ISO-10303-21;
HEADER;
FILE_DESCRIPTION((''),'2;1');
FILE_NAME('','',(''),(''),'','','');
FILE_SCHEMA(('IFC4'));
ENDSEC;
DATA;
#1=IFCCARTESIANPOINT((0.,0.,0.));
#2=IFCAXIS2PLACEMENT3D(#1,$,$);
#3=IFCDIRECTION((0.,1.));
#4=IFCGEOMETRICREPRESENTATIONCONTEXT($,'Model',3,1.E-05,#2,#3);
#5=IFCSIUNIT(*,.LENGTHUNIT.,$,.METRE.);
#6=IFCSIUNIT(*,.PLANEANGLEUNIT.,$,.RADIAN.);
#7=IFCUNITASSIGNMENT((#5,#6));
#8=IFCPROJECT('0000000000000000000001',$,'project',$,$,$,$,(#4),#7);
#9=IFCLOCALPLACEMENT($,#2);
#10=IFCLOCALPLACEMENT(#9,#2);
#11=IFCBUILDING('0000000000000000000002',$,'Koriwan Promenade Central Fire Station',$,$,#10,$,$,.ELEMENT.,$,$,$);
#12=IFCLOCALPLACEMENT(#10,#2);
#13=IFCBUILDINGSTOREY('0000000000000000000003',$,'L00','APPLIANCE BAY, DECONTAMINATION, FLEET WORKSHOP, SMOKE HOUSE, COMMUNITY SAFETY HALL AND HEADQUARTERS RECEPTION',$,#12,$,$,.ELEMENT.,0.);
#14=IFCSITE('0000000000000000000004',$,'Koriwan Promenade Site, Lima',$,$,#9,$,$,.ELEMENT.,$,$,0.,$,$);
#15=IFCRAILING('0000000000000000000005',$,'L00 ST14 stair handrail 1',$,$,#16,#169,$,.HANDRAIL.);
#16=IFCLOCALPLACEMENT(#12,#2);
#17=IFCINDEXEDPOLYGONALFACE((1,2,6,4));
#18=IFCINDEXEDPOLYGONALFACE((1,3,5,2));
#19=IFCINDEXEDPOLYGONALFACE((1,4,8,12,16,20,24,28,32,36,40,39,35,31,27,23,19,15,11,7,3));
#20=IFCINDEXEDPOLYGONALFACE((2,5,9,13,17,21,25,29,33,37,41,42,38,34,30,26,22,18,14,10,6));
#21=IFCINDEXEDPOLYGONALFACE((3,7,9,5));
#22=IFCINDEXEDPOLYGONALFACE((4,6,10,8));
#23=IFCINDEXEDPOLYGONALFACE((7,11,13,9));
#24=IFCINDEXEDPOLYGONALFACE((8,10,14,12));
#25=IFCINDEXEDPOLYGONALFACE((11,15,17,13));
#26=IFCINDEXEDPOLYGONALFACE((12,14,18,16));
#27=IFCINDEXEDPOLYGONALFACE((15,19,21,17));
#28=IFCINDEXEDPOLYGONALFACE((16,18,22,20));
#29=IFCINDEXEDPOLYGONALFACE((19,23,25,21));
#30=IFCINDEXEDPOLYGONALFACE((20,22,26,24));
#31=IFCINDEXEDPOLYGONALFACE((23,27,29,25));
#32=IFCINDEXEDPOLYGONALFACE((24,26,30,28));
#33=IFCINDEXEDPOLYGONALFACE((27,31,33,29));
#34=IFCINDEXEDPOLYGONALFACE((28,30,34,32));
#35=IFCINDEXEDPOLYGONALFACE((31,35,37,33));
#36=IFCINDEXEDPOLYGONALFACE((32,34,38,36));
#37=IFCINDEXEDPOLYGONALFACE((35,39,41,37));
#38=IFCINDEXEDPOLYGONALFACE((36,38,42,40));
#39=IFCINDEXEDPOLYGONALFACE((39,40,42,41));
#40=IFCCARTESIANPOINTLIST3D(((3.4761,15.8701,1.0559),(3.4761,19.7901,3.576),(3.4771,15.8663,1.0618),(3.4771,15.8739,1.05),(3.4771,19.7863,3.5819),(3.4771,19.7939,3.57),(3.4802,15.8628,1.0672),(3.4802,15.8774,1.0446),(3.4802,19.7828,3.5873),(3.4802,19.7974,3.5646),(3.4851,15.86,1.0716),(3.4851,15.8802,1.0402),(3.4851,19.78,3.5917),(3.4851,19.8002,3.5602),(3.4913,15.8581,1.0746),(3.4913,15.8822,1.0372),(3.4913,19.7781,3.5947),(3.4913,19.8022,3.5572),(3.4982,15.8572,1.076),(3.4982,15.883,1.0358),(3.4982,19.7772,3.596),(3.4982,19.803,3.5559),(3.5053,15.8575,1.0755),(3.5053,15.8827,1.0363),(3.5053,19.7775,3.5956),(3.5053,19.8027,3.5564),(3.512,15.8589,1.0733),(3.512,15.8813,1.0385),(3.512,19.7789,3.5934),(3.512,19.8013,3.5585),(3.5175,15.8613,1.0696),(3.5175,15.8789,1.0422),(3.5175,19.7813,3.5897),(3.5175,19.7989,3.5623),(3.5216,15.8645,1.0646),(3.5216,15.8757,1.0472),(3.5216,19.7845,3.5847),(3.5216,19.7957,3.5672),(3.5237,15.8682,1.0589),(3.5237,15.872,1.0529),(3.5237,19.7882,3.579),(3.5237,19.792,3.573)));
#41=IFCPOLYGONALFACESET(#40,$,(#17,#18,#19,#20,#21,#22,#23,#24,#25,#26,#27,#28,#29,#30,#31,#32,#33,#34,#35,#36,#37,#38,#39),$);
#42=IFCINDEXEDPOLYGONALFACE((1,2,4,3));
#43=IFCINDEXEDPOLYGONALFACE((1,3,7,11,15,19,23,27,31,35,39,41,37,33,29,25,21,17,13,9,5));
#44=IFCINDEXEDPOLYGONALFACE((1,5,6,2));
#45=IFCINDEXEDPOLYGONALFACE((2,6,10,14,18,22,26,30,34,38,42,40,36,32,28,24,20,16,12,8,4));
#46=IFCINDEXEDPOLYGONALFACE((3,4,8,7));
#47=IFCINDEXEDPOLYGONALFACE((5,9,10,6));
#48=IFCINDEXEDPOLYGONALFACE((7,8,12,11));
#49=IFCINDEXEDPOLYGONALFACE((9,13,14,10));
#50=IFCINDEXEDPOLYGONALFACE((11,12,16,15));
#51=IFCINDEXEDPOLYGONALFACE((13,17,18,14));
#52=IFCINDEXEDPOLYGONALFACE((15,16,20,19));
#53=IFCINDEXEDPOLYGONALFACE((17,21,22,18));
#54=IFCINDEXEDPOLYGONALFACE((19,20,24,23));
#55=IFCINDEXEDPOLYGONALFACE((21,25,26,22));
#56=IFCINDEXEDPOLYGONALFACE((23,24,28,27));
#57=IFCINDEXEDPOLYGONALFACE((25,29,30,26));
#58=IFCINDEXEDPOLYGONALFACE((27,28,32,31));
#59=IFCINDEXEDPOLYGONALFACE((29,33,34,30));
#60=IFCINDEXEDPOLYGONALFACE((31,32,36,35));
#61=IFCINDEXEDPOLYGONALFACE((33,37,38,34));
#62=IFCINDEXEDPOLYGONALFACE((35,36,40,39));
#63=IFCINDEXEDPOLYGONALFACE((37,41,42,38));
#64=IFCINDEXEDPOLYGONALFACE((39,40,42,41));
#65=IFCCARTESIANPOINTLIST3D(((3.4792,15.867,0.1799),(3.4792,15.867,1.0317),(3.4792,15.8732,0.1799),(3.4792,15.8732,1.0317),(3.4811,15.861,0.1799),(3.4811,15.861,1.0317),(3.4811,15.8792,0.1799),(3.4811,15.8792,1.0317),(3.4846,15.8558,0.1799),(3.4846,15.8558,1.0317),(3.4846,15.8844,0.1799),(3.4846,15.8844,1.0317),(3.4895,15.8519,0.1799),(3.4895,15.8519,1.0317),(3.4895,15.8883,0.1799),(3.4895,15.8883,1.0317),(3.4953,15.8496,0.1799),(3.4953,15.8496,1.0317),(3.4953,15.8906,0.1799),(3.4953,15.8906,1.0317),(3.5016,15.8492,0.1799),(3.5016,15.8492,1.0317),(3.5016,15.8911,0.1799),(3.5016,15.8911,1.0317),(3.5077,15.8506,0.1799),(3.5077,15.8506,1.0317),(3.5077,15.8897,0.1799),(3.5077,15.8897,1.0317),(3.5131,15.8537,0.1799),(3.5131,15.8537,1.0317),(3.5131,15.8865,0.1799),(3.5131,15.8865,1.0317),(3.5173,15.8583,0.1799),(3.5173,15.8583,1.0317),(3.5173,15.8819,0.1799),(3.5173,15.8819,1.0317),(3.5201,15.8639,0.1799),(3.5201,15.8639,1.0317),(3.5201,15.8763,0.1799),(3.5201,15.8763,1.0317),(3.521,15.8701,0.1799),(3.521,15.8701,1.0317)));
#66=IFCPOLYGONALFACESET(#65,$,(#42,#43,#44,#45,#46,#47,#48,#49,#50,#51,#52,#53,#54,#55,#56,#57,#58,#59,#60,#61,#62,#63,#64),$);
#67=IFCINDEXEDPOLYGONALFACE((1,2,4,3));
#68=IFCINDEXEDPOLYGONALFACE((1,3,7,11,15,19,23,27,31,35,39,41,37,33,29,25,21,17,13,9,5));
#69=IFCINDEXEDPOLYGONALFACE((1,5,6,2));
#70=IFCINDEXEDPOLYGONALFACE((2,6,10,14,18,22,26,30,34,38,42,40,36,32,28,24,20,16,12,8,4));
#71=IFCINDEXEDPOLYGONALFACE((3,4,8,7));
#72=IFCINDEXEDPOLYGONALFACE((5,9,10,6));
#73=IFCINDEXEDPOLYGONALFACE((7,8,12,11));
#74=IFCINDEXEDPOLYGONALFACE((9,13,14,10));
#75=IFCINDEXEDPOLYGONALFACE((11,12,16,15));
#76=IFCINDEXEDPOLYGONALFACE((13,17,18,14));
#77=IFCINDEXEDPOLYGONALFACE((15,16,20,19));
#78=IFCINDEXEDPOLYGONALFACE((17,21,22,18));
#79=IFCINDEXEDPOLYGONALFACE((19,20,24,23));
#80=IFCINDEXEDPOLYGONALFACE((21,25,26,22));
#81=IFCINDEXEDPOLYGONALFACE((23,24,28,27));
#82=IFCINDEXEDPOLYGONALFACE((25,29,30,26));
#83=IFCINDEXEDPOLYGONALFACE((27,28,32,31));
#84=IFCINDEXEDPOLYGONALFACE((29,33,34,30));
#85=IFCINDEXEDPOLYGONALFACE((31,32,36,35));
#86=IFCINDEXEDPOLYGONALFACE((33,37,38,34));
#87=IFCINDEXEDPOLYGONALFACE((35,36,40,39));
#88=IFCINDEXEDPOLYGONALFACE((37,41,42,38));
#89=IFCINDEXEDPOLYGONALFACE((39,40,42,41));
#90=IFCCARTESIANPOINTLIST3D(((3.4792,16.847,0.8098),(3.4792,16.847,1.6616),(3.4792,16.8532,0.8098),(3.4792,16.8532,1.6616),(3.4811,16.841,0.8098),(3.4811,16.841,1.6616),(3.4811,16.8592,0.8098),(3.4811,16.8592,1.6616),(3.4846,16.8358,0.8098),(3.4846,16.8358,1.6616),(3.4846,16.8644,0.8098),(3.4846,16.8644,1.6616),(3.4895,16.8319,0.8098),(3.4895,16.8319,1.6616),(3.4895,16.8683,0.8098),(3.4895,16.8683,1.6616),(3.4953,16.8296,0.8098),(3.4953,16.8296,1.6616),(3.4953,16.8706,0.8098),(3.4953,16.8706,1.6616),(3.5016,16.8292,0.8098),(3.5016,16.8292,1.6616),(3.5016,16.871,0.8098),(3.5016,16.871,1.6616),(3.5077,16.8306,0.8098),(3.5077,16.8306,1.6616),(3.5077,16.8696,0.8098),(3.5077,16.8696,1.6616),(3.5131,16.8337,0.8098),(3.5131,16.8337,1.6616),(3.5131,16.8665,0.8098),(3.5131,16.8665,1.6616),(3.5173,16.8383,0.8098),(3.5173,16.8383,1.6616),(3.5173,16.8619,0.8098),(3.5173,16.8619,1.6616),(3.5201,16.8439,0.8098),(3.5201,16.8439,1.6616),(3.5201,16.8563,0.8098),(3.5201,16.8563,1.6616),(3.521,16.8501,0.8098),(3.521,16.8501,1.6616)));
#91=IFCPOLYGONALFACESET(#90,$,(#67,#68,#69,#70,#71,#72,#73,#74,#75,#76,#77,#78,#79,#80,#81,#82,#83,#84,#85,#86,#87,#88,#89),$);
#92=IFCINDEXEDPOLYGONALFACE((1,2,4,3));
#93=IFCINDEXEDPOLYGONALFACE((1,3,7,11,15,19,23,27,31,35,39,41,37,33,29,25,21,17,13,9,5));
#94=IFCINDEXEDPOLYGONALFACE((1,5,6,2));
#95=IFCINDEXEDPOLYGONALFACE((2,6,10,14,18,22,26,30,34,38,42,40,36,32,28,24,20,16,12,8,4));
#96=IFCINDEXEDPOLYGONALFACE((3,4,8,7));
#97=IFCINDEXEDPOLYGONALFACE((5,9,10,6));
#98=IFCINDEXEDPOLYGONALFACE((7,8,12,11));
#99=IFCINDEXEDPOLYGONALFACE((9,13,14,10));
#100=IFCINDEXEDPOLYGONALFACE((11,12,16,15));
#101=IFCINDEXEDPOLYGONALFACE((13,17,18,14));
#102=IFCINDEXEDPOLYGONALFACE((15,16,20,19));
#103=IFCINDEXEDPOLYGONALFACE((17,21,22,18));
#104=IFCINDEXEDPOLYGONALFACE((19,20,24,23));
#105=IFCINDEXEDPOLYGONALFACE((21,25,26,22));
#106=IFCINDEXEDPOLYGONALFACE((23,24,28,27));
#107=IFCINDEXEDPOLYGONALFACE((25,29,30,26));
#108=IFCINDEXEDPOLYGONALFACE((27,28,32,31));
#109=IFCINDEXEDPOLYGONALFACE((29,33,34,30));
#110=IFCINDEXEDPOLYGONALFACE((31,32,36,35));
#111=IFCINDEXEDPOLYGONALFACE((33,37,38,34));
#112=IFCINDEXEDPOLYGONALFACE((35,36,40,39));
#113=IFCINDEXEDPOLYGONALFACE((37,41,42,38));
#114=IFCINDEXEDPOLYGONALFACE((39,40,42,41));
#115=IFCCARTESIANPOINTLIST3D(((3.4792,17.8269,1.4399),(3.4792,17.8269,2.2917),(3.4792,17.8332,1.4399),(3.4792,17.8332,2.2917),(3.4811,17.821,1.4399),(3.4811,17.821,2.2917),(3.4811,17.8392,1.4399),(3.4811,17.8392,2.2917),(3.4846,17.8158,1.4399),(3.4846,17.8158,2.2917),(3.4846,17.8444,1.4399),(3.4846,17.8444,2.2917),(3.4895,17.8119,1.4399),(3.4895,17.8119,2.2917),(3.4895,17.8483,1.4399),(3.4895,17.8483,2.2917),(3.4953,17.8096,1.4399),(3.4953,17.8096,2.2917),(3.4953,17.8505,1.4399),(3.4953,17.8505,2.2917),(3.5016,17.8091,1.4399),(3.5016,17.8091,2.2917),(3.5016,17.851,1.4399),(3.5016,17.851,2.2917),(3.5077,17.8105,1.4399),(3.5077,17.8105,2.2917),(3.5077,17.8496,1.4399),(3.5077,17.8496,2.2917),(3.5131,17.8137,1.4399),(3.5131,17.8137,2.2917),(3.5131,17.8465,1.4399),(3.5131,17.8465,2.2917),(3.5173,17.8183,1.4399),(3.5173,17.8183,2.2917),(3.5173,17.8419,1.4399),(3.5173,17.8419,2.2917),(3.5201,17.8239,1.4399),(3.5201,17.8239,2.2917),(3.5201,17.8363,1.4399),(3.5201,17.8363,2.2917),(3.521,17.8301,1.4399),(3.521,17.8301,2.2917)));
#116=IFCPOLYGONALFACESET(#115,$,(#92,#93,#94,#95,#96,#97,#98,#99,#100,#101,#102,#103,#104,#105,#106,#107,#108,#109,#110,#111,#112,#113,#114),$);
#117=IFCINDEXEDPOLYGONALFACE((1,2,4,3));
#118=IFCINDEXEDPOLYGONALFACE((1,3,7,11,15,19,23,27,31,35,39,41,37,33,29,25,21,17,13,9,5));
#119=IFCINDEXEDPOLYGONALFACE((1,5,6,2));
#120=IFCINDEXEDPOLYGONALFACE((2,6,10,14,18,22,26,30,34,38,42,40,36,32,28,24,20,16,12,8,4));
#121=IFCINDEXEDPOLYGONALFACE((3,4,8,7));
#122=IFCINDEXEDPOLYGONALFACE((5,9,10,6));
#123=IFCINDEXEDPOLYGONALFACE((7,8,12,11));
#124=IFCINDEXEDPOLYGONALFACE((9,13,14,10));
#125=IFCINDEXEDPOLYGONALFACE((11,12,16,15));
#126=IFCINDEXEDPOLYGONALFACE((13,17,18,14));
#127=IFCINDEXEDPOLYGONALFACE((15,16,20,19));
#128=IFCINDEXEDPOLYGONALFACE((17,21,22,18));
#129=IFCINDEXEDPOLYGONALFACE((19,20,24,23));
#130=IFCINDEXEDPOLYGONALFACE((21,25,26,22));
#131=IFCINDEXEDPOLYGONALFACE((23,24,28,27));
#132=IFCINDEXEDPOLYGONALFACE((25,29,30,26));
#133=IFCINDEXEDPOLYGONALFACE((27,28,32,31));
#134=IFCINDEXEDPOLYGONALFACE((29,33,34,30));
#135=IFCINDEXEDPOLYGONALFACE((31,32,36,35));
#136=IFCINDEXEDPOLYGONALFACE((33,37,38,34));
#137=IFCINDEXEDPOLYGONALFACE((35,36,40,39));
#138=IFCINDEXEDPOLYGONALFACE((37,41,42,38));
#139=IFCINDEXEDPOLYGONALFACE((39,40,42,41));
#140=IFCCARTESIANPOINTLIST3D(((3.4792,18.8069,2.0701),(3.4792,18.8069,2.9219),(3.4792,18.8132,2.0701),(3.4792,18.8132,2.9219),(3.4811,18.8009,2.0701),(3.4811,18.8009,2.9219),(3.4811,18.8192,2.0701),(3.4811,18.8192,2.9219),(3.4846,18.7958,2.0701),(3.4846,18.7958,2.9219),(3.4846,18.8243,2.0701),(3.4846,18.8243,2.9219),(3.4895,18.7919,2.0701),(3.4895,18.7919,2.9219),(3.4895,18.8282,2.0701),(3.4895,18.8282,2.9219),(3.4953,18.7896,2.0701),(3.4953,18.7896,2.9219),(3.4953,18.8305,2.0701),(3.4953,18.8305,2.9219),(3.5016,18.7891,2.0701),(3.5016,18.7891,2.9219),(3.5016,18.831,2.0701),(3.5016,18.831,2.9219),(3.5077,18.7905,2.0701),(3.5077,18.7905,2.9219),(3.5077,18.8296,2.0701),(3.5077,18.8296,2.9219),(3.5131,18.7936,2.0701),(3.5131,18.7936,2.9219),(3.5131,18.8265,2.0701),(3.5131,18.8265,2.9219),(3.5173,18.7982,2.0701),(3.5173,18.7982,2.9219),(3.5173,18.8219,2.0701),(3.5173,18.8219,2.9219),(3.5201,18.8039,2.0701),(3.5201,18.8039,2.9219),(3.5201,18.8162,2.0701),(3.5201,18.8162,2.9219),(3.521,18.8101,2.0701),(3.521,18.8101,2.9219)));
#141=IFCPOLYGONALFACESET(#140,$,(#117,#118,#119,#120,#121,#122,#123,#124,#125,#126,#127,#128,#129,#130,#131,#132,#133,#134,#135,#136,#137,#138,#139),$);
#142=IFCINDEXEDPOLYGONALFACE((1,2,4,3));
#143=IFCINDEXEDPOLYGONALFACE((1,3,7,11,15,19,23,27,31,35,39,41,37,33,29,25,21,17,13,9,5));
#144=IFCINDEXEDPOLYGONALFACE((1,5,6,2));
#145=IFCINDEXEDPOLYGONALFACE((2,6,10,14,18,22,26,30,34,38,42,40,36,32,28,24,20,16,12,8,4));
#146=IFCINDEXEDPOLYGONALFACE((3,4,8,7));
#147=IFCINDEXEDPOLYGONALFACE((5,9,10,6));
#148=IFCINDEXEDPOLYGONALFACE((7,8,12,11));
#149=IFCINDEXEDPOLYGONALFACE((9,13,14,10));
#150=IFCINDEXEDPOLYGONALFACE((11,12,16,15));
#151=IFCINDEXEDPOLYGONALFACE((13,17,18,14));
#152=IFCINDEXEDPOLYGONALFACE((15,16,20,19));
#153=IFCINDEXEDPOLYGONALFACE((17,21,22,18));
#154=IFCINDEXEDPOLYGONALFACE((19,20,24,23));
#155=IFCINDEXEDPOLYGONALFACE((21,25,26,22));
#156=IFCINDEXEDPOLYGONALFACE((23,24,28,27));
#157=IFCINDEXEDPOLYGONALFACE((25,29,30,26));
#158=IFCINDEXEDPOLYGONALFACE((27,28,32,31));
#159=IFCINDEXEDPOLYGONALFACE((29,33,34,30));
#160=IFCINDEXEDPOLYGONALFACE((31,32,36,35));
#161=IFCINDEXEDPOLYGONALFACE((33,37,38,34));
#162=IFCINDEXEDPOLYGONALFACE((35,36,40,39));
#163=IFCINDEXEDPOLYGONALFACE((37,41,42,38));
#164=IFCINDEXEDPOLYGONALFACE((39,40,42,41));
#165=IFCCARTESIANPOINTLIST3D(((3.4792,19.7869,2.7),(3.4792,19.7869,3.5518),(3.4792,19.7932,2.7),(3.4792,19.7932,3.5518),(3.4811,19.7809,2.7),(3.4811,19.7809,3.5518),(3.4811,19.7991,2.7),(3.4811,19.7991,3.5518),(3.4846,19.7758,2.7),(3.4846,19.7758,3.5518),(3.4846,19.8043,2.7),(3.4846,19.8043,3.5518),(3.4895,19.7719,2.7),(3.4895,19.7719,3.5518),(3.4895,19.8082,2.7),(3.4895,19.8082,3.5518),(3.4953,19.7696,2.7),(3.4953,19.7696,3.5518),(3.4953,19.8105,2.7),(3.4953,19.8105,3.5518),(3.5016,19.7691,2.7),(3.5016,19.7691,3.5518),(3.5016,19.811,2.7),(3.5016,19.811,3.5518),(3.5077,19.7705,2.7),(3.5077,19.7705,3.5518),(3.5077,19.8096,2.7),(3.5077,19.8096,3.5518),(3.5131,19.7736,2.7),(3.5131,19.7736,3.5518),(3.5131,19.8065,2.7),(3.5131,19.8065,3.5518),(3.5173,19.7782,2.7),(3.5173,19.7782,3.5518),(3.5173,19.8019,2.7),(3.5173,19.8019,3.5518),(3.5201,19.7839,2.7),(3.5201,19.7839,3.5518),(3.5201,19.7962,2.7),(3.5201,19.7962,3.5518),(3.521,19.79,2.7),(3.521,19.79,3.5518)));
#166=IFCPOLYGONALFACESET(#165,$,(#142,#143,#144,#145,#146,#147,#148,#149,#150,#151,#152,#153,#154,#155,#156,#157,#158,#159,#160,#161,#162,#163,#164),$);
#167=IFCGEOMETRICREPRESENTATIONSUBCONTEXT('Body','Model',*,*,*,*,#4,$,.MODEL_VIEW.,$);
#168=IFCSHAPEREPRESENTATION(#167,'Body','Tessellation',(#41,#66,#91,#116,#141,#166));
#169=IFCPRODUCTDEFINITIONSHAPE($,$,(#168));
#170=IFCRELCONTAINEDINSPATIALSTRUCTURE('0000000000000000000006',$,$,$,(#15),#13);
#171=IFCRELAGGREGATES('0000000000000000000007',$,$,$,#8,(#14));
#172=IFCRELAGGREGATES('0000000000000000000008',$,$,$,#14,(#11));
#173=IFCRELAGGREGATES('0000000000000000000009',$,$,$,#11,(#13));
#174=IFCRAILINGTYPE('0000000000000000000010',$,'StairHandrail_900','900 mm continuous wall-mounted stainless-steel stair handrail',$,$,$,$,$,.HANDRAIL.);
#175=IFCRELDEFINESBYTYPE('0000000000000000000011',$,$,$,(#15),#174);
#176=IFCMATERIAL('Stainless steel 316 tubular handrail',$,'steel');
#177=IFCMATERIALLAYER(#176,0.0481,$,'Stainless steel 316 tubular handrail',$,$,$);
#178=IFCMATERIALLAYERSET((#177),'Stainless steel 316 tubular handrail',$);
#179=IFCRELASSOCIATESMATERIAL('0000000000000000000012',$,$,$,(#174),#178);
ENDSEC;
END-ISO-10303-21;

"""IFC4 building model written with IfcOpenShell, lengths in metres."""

from ifc_helpers import new_model, si_unit, direction, frame, origin, origin_2d, place, context, subcontext, project, spatial, circle, extrude, material, layer, layer_set, type_object, element, save


model = new_model("IFC4")

# Units and contexts
model_context = context("Model", 3, precision=1e-05, world=origin(), true_north=direction((0.0, 1.0)))
body_context = subcontext(model_context, "Body", "Model", "MODEL_VIEW")
ifc_project = project(units=[si_unit("LENGTHUNIT", "METRE"), si_unit("PLANEANGLEUNIT", "RADIAN")], contexts=[model_context])

# Site, building, storey
site_placement = place(None, origin())
site = spatial("IfcSite", under=ifc_project, at=site_placement, Name="Koriwan Promenade Site, Lima", CompositionType="ELEMENT", RefElevation=0.0)
building_placement = place(site_placement, origin())
building = spatial("IfcBuilding", under=site, at=building_placement, Name="Koriwan Promenade Central Fire Station", CompositionType="ELEMENT")
storey_placement = place(building_placement, origin())
storey = spatial("IfcBuildingStorey", under=building, at=storey_placement, Name="L00", Description="APPLIANCE BAY, DECONTAMINATION, FLEET WORKSHOP, SMOKE HOUSE, COMMUNITY SAFETY HALL AND HEADQUARTERS RECEPTION", CompositionType="ELEMENT", Elevation=0.0)

# Railing
ifc_material_1 = material(Name="Stainless steel 316 tubular handrail", Category="steel")
ifc_layer_1 = layer(ifc_material_1, 0.0481, Name="Stainless steel 316 tubular handrail")
ifc_layer_set_1 = layer_set([ifc_layer_1], Name="Stainless steel 316 tubular handrail")
railing_type_1 = type_object("IfcRailingType", Name="StairHandrail_900", Description="900 mm continuous wall-mounted stainless-steel stair handrail", PredefinedType="HANDRAIL", material=ifc_layer_set_1)
railing_1_placement = place(storey_placement, frame((3.5, 15.8701, 0.1799)))
element("IfcRailing", 1, at=railing_1_placement, inside=storey, type_object=railing_type_1, Name="L00 ST14 stair handrail 1", PredefinedType="HANDRAIL", context=body_context, shape_type="SweptSolid", body=[
    extrude(circle(Radius=0.0239, at=origin_2d()), frame((0.0, 0.0, 0.876), z_axis=(0.0, 0.841172, 0.540768), x_axis=(-1.0, 0.0, 0.0)), (0.0, 0.0, 1.0), 4.6602),
    extrude(circle(Radius=0.021, at=origin_2d()), origin(), (0.0, 0.0, 1.0), 0.8518),
    extrude(circle(Radius=0.021, at=origin_2d()), frame((0.0, 0.98, 0.6299)), (0.0, 0.0, 1.0), 0.8518),
    extrude(circle(Radius=0.021, at=origin_2d()), frame((0.0, 1.96, 1.26)), (0.0, 0.0, 1.0), 0.8518),
    extrude(circle(Radius=0.021, at=origin_2d()), frame((0.0, 2.9399, 1.8901)), (0.0, 0.0, 1.0), 0.8518),
    extrude(circle(Radius=0.021, at=origin_2d()), frame((0.0, 3.9199, 2.52)), (0.0, 0.0, 1.0), 0.8518),
])

save(model, "model.ifc")
